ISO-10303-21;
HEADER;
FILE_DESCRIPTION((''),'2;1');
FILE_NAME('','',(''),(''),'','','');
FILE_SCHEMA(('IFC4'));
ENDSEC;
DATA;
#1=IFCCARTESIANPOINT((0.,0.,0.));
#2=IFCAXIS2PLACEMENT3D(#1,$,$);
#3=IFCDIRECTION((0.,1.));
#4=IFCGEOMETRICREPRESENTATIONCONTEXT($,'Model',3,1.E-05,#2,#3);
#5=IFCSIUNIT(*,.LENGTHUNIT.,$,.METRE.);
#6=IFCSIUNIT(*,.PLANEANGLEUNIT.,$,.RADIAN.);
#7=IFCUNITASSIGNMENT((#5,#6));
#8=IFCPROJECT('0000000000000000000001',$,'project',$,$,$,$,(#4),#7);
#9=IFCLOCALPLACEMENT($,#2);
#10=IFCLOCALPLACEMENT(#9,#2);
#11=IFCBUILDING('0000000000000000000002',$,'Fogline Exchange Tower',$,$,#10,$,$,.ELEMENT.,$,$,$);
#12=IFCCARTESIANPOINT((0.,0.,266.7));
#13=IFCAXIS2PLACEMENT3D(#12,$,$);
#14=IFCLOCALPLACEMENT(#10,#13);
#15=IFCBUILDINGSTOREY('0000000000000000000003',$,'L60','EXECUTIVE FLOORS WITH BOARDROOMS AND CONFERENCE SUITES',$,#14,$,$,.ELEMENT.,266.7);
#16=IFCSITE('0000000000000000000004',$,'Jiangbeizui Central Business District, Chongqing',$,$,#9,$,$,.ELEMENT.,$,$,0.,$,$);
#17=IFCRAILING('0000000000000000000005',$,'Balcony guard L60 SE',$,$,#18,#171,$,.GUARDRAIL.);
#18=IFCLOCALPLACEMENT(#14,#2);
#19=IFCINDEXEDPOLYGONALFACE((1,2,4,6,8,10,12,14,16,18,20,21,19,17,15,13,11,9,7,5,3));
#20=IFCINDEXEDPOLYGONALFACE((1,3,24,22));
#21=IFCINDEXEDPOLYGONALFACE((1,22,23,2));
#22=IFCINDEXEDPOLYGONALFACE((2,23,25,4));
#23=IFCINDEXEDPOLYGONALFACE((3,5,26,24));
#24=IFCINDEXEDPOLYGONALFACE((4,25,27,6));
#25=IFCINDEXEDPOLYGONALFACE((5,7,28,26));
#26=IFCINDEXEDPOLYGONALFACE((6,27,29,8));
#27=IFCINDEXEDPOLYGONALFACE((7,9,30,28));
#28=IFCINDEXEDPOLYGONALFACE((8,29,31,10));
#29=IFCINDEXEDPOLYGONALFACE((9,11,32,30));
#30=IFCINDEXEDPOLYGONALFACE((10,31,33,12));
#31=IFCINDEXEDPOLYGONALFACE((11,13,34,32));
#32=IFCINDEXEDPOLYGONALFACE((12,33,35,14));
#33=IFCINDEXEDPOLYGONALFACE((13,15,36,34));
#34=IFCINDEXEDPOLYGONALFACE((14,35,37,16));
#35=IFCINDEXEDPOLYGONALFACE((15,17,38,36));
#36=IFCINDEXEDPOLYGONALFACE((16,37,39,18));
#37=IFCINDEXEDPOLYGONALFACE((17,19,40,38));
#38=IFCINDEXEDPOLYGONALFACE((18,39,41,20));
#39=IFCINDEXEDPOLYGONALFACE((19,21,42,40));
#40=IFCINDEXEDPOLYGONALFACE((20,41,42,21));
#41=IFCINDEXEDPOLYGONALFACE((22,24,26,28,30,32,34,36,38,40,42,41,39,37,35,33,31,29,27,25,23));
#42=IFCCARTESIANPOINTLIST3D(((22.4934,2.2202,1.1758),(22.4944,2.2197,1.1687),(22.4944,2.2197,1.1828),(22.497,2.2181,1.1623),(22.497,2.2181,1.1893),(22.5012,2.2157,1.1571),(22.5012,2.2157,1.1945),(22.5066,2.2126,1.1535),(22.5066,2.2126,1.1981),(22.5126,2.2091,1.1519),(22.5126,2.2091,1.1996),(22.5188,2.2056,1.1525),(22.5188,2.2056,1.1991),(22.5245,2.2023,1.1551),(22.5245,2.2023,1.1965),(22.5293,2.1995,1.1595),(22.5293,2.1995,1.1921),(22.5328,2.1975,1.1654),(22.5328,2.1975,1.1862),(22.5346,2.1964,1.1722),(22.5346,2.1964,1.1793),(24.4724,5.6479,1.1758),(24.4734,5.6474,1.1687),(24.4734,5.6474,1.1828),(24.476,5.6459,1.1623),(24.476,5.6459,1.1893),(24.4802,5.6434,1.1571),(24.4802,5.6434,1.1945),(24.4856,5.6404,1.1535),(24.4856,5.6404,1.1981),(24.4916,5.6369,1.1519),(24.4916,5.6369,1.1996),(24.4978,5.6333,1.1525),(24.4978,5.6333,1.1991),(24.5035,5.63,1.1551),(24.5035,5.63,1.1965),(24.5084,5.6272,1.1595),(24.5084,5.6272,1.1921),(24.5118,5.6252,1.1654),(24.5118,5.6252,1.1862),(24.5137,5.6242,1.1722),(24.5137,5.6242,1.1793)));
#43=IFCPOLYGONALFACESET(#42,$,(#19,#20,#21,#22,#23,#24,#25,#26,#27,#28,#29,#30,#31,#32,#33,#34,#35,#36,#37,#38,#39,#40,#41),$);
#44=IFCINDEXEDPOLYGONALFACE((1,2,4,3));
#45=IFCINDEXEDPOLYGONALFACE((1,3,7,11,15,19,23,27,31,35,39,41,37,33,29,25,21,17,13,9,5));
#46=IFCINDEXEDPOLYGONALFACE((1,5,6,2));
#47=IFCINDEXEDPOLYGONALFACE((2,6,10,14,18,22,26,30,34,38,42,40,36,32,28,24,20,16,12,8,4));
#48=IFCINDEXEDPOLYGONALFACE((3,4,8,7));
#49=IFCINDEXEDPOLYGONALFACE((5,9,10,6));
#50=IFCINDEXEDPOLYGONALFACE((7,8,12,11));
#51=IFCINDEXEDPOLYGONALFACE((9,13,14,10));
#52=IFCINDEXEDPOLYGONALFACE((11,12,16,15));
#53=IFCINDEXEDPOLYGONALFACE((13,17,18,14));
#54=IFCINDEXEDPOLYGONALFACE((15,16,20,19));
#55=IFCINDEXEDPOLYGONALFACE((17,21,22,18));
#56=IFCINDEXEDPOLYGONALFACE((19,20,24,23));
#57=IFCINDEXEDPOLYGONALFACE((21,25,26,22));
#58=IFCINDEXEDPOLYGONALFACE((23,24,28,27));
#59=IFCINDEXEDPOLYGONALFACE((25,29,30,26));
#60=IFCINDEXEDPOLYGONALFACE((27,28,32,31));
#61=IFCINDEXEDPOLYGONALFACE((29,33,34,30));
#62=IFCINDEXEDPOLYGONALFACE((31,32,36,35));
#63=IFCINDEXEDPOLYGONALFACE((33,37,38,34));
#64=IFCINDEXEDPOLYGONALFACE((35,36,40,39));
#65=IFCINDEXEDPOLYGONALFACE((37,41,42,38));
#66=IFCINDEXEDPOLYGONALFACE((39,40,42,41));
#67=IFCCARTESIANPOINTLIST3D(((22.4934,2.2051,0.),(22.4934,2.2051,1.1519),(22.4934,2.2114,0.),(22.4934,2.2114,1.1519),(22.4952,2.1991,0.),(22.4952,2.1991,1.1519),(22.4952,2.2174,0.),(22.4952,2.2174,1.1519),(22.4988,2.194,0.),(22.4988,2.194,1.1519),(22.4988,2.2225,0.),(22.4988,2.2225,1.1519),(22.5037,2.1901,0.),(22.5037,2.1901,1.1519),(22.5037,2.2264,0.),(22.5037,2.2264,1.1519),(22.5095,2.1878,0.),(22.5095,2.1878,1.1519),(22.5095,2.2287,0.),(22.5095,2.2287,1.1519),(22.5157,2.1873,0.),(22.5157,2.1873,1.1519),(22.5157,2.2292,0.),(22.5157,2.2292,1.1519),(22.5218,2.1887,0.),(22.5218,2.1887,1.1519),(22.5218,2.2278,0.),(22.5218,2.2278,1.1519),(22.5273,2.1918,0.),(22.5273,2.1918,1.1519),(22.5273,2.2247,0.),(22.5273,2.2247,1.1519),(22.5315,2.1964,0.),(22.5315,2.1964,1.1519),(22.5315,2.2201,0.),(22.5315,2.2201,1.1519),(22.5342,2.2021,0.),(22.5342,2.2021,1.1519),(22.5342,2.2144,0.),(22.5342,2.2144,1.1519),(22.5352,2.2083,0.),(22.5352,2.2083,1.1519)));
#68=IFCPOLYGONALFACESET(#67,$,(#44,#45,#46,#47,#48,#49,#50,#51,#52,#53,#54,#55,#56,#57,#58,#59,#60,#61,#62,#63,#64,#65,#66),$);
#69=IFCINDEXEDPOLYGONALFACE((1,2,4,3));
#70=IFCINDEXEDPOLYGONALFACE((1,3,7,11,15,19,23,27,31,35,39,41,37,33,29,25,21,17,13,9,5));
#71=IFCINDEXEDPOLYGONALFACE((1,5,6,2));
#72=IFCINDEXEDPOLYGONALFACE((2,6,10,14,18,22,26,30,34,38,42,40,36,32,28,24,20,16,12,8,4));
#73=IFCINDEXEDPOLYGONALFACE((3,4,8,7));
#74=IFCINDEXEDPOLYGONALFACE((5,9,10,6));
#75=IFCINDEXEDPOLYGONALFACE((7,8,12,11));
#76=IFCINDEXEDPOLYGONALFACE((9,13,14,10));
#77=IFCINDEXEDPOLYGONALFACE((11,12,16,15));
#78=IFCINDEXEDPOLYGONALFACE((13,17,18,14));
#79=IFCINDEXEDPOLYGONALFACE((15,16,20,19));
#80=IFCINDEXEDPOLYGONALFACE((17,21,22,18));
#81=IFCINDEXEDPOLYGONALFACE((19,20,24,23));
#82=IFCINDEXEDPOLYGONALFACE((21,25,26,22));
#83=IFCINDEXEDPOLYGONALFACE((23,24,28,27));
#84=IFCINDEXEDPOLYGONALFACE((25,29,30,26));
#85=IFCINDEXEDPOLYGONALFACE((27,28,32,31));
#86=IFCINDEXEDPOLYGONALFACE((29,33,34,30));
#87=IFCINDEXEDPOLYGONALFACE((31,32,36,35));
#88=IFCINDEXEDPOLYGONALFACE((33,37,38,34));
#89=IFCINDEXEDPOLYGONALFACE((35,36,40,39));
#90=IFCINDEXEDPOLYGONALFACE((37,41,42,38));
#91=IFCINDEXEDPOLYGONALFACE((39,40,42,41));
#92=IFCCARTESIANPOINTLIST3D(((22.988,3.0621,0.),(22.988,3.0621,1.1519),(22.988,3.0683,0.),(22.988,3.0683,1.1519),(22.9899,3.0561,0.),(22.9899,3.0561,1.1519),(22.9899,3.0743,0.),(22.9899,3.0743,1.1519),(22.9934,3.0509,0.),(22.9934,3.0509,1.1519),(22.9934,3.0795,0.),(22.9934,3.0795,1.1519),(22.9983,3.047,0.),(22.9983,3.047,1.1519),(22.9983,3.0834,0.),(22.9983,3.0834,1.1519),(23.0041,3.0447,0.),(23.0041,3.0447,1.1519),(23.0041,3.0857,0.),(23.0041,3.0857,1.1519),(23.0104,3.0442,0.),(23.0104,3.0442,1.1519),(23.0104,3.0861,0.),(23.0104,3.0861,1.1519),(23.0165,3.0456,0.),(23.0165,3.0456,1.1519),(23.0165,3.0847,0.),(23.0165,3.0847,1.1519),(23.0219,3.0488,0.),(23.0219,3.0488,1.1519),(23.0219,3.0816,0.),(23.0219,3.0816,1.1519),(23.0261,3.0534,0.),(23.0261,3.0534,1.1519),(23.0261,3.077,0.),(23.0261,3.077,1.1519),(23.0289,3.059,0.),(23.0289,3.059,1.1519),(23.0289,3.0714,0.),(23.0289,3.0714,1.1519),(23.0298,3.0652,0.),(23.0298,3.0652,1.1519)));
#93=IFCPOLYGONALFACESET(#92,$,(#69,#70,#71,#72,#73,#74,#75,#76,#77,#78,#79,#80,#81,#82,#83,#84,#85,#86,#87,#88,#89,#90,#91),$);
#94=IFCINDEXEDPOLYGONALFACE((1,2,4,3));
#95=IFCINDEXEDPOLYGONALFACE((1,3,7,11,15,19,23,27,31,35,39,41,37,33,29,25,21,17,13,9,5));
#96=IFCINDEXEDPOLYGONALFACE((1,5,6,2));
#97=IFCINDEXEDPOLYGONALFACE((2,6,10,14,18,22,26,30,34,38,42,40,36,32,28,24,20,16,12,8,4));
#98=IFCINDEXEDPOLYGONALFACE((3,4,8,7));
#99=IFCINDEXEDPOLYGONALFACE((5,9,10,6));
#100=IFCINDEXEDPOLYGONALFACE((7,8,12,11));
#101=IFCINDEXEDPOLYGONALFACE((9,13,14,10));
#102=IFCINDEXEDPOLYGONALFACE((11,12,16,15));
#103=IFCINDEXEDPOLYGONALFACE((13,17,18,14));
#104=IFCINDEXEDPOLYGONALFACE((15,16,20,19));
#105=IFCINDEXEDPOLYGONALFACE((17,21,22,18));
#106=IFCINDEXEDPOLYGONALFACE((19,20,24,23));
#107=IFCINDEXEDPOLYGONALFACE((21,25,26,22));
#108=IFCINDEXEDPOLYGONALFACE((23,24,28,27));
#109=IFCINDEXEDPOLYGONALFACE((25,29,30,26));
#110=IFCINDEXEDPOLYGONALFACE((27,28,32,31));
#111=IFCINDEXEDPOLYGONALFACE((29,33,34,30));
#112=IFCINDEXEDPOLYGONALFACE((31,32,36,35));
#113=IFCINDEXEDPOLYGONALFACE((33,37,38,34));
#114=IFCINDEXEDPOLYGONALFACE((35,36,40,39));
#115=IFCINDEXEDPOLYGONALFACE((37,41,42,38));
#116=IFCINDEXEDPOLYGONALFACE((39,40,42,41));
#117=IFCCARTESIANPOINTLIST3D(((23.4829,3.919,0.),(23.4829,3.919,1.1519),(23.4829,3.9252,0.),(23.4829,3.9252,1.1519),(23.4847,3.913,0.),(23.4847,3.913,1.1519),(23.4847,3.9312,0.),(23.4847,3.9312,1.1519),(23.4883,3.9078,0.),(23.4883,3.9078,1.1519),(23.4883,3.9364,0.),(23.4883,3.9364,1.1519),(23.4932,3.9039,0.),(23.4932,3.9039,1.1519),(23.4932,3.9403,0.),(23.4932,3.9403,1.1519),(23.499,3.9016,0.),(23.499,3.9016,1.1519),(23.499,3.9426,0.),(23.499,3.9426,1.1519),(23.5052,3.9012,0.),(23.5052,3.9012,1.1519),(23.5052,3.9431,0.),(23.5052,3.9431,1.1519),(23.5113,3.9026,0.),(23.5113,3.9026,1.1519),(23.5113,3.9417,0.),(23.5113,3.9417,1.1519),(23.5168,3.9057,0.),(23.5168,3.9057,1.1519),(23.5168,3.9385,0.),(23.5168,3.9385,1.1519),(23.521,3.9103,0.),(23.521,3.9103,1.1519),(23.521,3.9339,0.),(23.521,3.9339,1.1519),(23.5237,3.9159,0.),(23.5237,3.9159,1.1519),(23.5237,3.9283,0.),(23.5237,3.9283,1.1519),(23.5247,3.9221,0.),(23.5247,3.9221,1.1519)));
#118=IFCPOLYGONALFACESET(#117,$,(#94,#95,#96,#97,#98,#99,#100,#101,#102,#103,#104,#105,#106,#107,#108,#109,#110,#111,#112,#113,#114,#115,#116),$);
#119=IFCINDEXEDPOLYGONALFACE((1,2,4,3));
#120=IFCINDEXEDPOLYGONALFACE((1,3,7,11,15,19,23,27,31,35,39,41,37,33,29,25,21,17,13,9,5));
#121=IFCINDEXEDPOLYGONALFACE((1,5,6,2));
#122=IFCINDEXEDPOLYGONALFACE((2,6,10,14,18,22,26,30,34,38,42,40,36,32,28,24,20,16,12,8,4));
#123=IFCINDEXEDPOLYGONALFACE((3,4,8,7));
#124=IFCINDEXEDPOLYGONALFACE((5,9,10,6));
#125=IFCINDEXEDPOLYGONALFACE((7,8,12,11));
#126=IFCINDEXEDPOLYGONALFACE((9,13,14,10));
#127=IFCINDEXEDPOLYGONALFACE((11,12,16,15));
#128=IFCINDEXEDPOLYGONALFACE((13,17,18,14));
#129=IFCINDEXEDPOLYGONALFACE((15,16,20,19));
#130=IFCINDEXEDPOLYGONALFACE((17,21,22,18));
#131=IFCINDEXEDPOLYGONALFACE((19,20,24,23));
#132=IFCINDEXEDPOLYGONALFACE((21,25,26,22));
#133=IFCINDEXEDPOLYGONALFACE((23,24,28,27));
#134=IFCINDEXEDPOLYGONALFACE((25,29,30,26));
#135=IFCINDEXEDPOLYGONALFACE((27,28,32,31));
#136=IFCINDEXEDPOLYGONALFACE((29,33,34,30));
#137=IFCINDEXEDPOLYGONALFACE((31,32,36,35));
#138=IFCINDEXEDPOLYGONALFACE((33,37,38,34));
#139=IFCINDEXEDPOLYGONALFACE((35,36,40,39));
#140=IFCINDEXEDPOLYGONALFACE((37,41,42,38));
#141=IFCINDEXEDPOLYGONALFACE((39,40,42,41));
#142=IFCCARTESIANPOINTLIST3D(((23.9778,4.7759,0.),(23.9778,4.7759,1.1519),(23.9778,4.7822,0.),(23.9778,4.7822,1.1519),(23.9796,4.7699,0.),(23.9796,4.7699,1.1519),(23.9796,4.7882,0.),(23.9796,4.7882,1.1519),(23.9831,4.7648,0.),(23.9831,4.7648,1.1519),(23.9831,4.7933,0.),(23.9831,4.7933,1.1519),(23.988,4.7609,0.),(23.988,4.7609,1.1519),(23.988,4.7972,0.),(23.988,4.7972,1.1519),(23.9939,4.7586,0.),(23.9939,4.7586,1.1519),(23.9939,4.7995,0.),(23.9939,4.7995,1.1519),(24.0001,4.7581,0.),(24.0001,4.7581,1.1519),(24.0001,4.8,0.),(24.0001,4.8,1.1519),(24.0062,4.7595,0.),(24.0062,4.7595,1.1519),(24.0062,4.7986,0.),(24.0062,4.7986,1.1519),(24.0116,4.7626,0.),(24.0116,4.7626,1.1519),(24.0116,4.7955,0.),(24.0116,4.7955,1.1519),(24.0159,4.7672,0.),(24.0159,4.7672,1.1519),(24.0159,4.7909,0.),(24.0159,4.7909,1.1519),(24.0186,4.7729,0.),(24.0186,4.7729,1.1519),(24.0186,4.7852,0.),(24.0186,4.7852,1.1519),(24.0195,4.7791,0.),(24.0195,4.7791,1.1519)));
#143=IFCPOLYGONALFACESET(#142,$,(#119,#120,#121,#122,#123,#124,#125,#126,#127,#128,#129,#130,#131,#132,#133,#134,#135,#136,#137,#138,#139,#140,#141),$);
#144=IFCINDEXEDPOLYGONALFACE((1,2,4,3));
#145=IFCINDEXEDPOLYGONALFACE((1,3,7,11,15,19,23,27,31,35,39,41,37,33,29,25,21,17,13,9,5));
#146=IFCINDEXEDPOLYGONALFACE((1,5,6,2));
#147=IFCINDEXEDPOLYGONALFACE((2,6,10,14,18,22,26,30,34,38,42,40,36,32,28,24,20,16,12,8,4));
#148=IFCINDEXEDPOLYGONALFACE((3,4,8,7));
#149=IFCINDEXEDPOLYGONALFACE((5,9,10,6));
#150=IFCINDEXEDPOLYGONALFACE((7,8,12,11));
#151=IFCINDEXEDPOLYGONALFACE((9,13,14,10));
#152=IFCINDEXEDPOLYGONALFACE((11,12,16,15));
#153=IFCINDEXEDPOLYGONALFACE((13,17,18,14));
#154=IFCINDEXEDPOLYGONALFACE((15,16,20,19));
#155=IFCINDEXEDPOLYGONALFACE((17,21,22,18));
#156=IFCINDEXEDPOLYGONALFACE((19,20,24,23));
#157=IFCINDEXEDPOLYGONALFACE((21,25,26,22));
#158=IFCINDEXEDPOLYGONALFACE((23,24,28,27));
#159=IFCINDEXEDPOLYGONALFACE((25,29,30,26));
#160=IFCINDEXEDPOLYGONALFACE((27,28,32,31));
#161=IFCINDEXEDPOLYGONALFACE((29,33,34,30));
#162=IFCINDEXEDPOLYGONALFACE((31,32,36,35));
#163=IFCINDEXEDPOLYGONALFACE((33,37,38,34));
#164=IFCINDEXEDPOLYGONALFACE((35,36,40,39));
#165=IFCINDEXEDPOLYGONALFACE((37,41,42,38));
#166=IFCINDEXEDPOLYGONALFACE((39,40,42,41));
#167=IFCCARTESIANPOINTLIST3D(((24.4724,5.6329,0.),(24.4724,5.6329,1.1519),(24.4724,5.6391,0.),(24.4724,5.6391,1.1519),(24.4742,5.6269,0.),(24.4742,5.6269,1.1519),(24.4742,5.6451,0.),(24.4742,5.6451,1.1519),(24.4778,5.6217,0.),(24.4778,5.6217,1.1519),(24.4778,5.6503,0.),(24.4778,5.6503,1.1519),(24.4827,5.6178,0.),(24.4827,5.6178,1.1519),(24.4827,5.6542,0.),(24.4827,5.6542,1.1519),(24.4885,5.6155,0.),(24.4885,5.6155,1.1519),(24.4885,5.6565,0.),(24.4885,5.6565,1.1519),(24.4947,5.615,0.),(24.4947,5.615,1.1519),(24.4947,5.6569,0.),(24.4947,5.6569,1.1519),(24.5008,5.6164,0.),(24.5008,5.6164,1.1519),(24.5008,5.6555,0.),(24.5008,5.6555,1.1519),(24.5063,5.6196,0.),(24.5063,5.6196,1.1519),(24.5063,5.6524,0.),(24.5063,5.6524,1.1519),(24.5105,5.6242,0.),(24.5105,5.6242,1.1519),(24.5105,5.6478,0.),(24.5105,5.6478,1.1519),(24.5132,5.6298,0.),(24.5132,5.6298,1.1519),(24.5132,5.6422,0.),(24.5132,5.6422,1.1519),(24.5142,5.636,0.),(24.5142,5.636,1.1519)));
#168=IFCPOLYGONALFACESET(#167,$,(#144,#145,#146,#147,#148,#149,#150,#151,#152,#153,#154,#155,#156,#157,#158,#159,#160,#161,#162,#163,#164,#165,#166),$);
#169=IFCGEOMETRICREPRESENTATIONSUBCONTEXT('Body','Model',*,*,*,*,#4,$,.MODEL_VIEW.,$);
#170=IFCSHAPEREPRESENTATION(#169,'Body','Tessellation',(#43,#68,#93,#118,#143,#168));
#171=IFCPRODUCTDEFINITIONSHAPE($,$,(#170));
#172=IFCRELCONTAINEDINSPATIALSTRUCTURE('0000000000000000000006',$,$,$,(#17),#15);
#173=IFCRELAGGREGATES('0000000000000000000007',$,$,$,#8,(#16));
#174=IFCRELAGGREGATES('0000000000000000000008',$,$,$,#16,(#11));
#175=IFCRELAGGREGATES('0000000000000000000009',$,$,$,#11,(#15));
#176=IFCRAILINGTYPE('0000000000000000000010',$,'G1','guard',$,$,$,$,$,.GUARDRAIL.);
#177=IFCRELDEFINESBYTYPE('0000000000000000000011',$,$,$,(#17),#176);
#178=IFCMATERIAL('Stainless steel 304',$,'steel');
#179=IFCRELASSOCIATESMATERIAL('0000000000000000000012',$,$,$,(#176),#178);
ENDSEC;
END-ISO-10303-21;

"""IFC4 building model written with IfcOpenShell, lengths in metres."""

from ifc_helpers import new_model, si_unit, direction, frame, origin, origin_2d, place, context, subcontext, project, spatial, circle, extrude, material, type_object, element, save


model = new_model("IFC4")

# Units and contexts
model_context = context("Model", 3, precision=1e-05, world=origin(), true_north=direction((0.0, 1.0)))
body_context = subcontext(model_context, "Body", "Model", "MODEL_VIEW")
ifc_project = project(units=[si_unit("LENGTHUNIT", "METRE"), si_unit("PLANEANGLEUNIT", "RADIAN")], contexts=[model_context])

# Site, building, storey
site_placement = place(None, origin())
site = spatial("IfcSite", under=ifc_project, at=site_placement, Name="Jiangbeizui Central Business District, Chongqing", CompositionType="ELEMENT", RefElevation=0.0)
building_placement = place(site_placement, origin())
building = spatial("IfcBuilding", under=site, at=building_placement, Name="Fogline Exchange Tower", CompositionType="ELEMENT")
storey_placement = place(building_placement, frame((0.0, 0.0, 266.7)))
storey = spatial("IfcBuildingStorey", under=building, at=storey_placement, Name="L60", Description="EXECUTIVE FLOORS WITH BOARDROOMS AND CONFERENCE SUITES", CompositionType="ELEMENT", Elevation=266.7)

# Railing
ifc_material_1 = material(Name="Stainless steel 304", Category="steel")
railing_type = type_object("IfcRailingType", Name="G1", Description="guard", PredefinedType="GUARDRAIL", material=ifc_material_1)
railing_placement = place(storey_placement, frame((22.5142, 2.2083, 0.0)))
element("IfcRailing", 1, at=railing_placement, inside=storey, type_object=railing_type, Name="Balcony guard L60 SE", PredefinedType="GUARDRAIL", context=body_context, shape_type="SweptSolid", body=[
    extrude(circle(Radius=0.0239, at=origin_2d()), frame((0.0, 0.0, 1.1758), z_axis=(0.5, 0.866025, 0.0), x_axis=(-0.866025, 0.5, 0.0)), (0.0, 0.0, 1.0), 3.958),
    extrude(circle(Radius=0.021, at=origin_2d()), origin(), (0.0, 0.0, 1.0), 1.1519),
    extrude(circle(Radius=0.021, at=origin_2d()), frame((0.4946, 0.8569, 0.0)), (0.0, 0.0, 1.0), 1.1519),
    extrude(circle(Radius=0.021, at=origin_2d()), frame((0.9895, 1.7139, 0.0)), (0.0, 0.0, 1.0), 1.1519),
    extrude(circle(Radius=0.021, at=origin_2d()), frame((1.4844, 2.5708, 0.0)), (0.0, 0.0, 1.0), 1.1519),
    extrude(circle(Radius=0.021, at=origin_2d()), frame((1.979, 3.4277, 0.0)), (0.0, 0.0, 1.0), 1.1519),
])

save(model, "model.ifc")
